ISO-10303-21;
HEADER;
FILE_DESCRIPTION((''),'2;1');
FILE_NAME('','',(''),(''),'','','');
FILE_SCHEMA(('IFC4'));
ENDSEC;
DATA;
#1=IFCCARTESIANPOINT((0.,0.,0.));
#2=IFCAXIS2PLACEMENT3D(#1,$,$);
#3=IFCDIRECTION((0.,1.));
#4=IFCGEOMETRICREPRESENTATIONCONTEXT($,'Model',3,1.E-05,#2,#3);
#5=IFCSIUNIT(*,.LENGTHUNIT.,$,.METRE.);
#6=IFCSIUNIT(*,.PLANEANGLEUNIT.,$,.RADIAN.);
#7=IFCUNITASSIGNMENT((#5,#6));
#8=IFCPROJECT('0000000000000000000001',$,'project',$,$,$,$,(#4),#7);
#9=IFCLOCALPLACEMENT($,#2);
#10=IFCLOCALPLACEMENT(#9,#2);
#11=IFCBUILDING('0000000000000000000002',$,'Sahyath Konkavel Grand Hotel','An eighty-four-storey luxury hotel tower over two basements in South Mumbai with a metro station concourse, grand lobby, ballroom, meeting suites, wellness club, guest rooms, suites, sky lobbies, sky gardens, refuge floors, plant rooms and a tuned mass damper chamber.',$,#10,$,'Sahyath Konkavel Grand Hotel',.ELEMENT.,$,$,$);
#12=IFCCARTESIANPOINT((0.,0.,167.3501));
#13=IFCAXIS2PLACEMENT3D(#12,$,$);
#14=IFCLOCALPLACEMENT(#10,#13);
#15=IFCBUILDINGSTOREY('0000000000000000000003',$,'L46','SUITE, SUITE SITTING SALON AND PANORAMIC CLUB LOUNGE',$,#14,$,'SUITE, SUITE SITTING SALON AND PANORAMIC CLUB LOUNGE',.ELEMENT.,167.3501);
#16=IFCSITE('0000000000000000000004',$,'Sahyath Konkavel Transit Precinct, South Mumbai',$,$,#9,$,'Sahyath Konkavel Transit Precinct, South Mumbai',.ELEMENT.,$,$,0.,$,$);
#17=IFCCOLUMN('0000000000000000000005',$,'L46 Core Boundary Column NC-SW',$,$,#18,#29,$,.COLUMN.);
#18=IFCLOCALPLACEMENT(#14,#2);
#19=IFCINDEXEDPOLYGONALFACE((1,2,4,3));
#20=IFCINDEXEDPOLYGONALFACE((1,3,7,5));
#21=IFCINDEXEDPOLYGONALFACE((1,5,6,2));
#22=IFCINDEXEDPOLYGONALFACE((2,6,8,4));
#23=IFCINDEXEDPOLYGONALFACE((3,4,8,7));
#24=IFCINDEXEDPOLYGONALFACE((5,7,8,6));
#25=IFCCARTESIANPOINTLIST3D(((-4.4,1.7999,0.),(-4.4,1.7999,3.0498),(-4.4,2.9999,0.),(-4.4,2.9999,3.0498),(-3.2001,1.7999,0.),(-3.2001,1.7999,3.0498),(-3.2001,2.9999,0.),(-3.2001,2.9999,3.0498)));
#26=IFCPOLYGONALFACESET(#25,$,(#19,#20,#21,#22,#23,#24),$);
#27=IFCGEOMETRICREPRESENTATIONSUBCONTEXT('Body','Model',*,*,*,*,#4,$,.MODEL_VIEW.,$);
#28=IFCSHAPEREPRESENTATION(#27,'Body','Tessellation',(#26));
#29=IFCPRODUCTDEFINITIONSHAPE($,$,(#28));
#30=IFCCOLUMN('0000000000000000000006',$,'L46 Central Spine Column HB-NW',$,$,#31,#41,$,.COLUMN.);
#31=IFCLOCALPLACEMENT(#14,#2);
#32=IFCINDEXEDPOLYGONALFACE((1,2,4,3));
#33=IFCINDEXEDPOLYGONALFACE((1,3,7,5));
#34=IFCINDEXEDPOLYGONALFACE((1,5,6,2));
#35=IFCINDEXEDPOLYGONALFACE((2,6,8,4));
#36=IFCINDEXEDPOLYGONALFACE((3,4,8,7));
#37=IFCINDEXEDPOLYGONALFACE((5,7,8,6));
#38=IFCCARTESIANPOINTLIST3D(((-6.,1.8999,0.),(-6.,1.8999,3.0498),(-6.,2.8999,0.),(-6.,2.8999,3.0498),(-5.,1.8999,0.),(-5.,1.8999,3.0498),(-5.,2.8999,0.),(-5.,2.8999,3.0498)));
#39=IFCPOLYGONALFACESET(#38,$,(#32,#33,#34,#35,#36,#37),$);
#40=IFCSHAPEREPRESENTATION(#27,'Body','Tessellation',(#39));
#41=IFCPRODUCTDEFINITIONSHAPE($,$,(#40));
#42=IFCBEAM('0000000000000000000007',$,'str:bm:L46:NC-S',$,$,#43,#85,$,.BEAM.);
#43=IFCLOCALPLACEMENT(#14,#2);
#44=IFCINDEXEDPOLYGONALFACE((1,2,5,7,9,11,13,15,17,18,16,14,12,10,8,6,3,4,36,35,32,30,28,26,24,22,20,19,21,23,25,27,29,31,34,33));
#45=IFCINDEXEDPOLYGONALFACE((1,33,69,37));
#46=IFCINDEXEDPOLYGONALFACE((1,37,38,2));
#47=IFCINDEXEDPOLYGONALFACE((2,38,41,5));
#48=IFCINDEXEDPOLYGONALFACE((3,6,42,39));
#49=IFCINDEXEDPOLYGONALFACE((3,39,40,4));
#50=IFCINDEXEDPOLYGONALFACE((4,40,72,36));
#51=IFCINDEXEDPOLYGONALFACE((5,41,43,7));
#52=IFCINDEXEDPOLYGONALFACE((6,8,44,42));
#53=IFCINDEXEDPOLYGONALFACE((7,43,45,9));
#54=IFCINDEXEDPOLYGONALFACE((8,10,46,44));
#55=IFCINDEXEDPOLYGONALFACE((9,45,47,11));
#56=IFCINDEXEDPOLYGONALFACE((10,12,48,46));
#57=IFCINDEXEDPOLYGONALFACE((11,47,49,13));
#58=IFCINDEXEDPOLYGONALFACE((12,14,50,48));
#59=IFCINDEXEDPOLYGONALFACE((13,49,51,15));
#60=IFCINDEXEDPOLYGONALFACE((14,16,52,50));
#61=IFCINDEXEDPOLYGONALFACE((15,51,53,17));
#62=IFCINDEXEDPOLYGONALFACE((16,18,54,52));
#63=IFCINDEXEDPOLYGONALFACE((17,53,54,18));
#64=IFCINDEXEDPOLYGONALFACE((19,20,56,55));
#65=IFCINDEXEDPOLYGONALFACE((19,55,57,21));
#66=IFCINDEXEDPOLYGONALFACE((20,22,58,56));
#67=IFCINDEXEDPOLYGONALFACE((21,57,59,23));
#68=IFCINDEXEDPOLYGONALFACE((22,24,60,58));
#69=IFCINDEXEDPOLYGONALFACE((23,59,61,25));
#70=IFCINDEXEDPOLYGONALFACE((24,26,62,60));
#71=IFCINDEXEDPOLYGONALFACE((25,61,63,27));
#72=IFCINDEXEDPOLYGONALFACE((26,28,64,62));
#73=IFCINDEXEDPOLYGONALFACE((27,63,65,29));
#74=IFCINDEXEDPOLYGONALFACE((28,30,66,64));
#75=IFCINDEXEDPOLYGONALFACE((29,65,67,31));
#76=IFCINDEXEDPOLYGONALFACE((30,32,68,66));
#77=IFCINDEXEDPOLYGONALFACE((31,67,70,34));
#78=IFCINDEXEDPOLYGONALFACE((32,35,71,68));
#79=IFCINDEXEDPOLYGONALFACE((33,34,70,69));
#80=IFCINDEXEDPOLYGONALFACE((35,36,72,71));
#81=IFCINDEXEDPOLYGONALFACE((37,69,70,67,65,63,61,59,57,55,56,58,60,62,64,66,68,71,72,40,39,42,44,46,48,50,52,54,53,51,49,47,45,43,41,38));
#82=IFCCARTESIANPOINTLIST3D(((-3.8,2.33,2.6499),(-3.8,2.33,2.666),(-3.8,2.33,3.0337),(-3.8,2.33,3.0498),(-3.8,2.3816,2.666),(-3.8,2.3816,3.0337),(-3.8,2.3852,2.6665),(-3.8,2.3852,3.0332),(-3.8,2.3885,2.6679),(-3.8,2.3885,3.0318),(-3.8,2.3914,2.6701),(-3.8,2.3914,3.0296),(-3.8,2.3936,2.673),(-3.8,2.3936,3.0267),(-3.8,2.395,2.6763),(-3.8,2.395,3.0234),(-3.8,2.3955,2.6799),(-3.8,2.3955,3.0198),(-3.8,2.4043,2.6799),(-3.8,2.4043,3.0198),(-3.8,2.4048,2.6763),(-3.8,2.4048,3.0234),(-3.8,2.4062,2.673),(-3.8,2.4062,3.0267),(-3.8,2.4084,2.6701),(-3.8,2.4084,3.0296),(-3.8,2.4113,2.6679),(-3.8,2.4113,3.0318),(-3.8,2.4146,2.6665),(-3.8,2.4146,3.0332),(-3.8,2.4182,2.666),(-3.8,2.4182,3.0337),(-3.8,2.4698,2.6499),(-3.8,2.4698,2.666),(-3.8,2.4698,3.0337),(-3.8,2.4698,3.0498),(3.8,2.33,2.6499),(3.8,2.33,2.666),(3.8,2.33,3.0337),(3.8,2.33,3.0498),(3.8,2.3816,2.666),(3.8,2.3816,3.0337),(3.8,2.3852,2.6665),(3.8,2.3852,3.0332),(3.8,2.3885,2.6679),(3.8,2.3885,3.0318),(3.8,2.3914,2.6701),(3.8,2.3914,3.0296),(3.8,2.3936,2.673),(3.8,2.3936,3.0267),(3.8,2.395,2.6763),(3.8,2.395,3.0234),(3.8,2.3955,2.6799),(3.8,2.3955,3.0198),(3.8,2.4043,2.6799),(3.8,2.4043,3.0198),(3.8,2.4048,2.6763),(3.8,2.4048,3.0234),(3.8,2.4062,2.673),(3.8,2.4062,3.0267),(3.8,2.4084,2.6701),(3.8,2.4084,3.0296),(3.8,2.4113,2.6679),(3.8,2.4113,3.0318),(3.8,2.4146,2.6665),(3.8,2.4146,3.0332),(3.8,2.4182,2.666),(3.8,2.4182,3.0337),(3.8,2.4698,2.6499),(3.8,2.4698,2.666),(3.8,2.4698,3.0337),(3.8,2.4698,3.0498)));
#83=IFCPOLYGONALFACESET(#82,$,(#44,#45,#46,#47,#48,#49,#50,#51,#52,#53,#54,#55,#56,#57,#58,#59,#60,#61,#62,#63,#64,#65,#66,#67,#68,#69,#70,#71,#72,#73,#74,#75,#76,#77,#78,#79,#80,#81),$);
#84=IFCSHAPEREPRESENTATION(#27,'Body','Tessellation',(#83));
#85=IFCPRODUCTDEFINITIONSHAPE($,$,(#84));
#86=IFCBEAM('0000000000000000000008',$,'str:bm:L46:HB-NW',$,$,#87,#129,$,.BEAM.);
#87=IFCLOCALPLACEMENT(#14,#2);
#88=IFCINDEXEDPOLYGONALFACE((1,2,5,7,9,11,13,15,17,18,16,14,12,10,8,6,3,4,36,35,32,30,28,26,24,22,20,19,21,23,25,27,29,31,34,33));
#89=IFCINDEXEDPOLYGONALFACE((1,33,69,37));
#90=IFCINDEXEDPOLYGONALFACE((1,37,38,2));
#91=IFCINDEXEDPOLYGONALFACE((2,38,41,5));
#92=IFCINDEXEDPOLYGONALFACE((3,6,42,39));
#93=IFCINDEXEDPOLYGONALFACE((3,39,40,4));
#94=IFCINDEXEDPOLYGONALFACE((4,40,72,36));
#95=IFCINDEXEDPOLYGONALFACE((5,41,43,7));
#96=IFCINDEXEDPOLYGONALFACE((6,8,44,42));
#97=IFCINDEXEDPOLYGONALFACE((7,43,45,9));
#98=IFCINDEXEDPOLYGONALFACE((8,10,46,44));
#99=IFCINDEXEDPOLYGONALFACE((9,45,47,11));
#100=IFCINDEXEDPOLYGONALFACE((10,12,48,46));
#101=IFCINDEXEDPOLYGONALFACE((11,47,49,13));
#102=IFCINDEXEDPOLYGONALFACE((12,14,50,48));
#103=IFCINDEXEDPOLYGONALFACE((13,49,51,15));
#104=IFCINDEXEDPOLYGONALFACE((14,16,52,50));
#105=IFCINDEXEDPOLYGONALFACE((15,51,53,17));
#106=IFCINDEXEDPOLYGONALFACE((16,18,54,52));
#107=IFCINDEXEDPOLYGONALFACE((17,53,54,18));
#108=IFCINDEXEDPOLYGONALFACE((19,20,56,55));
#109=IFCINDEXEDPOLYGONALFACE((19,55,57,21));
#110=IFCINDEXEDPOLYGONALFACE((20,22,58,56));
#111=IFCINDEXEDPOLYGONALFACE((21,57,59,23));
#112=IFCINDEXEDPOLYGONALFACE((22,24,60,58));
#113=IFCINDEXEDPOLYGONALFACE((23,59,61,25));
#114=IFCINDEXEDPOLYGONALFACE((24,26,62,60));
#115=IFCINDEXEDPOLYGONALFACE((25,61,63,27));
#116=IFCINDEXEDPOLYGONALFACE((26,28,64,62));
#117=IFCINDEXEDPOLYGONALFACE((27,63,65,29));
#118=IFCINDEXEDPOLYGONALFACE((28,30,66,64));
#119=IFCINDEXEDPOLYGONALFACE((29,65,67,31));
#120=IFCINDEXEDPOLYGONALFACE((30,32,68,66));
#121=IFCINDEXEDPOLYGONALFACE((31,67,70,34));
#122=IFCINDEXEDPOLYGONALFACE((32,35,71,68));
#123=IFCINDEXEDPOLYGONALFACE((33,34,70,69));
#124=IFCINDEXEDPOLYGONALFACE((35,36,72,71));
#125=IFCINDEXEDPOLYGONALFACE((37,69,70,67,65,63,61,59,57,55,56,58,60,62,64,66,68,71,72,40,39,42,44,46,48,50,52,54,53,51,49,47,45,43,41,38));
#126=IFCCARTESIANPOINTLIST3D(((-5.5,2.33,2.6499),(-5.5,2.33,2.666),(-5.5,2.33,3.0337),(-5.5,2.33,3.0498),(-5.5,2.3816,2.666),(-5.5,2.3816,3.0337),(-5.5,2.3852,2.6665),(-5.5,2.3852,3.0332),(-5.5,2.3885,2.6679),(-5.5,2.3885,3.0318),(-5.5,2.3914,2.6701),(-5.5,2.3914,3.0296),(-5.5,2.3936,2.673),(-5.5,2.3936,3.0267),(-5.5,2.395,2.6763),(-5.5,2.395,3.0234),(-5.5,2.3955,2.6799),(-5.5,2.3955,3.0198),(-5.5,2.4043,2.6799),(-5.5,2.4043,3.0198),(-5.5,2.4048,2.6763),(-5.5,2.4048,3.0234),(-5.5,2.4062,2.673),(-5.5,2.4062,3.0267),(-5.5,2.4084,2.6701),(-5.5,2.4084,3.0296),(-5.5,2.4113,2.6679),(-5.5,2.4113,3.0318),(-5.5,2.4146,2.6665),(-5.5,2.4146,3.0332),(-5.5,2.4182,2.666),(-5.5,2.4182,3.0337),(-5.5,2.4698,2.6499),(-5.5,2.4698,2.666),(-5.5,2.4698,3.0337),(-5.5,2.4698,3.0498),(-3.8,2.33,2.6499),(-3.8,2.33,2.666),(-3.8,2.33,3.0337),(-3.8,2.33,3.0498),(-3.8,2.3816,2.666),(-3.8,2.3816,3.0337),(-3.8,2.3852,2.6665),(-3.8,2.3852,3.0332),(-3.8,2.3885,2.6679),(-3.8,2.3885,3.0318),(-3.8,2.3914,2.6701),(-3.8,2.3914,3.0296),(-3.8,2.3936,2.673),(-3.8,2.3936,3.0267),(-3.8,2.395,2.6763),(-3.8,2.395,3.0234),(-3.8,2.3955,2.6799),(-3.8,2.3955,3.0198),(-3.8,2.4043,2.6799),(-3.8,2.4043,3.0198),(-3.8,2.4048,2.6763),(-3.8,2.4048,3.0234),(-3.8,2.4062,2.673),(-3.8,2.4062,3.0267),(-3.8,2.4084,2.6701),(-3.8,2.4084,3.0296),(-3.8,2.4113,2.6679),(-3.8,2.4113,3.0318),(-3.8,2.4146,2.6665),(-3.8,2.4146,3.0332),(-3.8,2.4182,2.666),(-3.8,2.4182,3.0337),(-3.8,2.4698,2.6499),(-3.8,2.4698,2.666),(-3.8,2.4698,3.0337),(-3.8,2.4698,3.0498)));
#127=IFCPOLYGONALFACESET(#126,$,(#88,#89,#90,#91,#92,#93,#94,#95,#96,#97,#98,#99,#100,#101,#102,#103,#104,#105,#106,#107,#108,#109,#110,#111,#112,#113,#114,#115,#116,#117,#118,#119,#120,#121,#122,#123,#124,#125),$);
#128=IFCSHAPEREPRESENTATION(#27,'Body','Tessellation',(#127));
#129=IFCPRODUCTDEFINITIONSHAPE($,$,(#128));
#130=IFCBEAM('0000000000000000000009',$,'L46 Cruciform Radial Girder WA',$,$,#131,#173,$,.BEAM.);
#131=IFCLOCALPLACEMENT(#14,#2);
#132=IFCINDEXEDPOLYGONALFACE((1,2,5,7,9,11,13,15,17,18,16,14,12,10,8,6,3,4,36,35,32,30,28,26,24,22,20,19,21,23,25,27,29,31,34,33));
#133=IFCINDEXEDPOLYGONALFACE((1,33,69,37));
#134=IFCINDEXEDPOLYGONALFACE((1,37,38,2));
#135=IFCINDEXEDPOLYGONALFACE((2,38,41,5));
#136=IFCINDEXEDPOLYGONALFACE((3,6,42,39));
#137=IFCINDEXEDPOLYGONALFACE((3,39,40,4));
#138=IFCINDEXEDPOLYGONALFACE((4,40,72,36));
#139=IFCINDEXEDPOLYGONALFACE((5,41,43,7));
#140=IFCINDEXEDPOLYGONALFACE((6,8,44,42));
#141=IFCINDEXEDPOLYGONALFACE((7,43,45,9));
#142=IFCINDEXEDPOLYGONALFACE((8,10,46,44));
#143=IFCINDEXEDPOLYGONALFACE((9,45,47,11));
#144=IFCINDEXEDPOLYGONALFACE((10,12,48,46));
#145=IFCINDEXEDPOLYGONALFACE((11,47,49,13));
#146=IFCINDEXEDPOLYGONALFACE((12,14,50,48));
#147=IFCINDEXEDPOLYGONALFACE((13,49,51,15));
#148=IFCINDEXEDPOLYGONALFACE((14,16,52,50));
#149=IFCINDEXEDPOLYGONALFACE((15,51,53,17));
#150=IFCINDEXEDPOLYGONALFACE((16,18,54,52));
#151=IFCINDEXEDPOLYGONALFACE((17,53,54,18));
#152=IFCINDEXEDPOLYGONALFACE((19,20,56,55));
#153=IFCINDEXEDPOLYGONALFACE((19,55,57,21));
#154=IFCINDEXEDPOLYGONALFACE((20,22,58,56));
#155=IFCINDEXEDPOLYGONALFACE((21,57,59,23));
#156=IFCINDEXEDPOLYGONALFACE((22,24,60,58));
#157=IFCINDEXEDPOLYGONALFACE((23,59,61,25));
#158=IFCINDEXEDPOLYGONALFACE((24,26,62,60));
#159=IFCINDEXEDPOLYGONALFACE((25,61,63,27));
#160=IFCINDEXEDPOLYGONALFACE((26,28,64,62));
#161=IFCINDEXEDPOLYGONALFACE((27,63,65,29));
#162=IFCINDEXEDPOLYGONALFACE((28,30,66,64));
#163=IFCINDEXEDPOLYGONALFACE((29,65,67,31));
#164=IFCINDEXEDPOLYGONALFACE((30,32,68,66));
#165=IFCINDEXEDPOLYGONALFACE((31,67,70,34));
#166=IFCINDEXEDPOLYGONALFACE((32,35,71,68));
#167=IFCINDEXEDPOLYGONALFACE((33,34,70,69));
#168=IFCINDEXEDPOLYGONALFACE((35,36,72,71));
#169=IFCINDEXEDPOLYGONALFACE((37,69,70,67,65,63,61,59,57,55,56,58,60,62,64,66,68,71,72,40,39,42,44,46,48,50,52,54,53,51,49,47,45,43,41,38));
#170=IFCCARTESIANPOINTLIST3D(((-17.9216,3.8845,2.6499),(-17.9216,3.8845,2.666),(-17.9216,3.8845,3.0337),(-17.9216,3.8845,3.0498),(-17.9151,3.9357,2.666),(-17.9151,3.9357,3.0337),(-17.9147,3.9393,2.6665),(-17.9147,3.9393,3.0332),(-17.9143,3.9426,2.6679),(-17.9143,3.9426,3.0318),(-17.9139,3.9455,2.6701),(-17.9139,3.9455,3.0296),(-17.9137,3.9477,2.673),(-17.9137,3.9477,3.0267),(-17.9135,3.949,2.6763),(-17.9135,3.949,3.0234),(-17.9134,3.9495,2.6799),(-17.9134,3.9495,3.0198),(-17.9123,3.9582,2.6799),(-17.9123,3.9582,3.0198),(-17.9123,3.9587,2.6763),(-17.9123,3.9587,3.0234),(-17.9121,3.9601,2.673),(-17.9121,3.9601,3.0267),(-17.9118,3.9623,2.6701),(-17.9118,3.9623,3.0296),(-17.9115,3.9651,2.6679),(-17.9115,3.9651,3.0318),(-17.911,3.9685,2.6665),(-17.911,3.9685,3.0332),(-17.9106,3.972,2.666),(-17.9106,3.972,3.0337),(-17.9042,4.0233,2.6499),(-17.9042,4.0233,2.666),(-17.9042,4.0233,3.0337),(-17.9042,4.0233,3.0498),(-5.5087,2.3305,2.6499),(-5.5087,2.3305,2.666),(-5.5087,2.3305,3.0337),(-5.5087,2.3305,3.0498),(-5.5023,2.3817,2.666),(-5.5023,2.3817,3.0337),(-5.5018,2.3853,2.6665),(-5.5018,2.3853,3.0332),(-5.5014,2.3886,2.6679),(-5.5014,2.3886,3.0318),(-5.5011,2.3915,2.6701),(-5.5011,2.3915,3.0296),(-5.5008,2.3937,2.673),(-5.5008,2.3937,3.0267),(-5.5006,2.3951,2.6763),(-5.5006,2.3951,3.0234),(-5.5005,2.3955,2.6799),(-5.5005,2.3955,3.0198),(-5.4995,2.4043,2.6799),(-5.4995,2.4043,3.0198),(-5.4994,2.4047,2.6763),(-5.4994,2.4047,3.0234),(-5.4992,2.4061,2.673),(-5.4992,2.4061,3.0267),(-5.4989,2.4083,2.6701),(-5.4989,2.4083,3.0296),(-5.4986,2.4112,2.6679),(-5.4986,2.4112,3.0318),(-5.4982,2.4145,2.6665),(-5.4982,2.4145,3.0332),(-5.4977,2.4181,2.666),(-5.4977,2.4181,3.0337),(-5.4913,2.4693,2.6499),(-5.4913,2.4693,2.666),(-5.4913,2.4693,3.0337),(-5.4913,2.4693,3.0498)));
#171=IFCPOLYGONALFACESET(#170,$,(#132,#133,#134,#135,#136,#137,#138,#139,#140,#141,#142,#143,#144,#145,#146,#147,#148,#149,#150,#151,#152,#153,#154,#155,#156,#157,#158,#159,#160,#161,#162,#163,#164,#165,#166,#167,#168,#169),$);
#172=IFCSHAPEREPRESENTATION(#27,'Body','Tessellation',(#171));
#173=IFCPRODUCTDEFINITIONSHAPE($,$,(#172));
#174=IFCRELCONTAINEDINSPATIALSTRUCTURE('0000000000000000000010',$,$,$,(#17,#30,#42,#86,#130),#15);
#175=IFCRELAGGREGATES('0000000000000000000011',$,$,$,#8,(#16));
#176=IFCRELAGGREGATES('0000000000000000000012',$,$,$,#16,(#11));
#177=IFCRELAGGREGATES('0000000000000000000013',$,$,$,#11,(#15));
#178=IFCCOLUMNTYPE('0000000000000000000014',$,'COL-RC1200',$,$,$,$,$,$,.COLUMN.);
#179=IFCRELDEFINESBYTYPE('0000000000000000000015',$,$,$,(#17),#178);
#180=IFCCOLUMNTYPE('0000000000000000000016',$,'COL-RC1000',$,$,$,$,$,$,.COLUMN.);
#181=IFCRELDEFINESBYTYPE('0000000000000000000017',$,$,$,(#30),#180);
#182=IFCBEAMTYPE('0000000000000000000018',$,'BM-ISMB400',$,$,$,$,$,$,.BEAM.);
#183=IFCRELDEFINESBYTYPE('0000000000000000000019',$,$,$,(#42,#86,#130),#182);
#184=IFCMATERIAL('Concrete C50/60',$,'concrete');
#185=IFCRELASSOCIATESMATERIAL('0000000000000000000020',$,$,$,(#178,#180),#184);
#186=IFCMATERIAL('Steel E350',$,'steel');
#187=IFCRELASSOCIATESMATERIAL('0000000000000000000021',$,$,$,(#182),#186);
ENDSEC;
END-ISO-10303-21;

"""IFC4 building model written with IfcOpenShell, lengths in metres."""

from ifc_helpers import new_model, si_unit, direction, frame, origin, origin_2d, place, context, subcontext, project, spatial, rectangle, i_section, extrude, source, transform, mapped, material, material_profile, profile_set, type_object, element, save


model = new_model("IFC4")

# Units and contexts
model_context = context("Model", 3, precision=1e-05, world=origin(), true_north=direction((0.0, 1.0)))
body_context = subcontext(model_context, "Body", "Model", "MODEL_VIEW")
ifc_project = project(units=[si_unit("LENGTHUNIT", "METRE"), si_unit("PLANEANGLEUNIT", "RADIAN")], contexts=[model_context])

# Site, building, storey
site_placement = place(None, origin())
site = spatial("IfcSite", under=ifc_project, at=site_placement, Name="Sahyath Konkavel Transit Precinct, South Mumbai", LongName="Sahyath Konkavel Transit Precinct, South Mumbai", CompositionType="ELEMENT", RefElevation=0.0)
building_placement = place(site_placement, origin())
building = spatial("IfcBuilding", under=site, at=building_placement, Name="Sahyath Konkavel Grand Hotel", Description="An eighty-four-storey luxury hotel tower over two basements in South Mumbai with a metro station concourse, grand lobby, ballroom, meeting suites, wellness club, guest rooms, suites, sky lobbies, sky gardens, refuge floors, plant rooms and a tuned mass damper chamber.", LongName="Sahyath Konkavel Grand Hotel", CompositionType="ELEMENT")
storey_placement = place(building_placement, frame((0.0, 0.0, 167.3501)))
storey = spatial("IfcBuildingStorey", under=building, at=storey_placement, Name="L46", Description="SUITE, SUITE SITTING SALON AND PANORAMIC CLUB LOUNGE", LongName="SUITE, SUITE SITTING SALON AND PANORAMIC CLUB LOUNGE", CompositionType="ELEMENT", Elevation=167.3501)

# Columns
ifc_material_1 = material(Name="Concrete C50/60", Category="concrete")
ifc_material_profile_1 = material_profile(ifc_material_1, rectangle(XDim=1.2, YDim=1.2, at=origin_2d()), Name="RC 1200x1200")
ifc_profile_set_1 = profile_set([ifc_material_profile_1], Name="Concrete C50/60")
column_type_1 = type_object("IfcColumnType", Name="COL-RC1200", PredefinedType="COLUMN", material=ifc_profile_set_1)
shared_shape_1 = source(origin(), body_context, "Body", "SweptSolid", [
    extrude(rectangle(XDim=1.2, YDim=1.2, at=origin_2d()), origin(), (0.0, 0.0, 1.0), 3.0498),
])
column_1_placement = place(storey_placement, frame((-3.8, 2.3999, 0.0), z_axis=(0.0, 0.0, 1.0), x_axis=(1.0, 0.0, 0.0)))
element("IfcColumn", 1, at=column_1_placement, inside=storey, type_object=column_type_1, Name="L46 Core Boundary Column NC-SW", PredefinedType="COLUMN", context=body_context, shape_type="MappedRepresentation", body=[
    mapped(shared_shape_1, transform((0.0, 0.0, 0.0), scale=1.0)),
])
ifc_material_profile_2 = material_profile(ifc_material_1, rectangle(XDim=1.0, YDim=1.0, at=origin_2d()), Name="RC 1000x1000")
ifc_profile_set_2 = profile_set([ifc_material_profile_2], Name="Concrete C50/60")
column_type_2 = type_object("IfcColumnType", Name="COL-RC1000", PredefinedType="COLUMN", material=ifc_profile_set_2)
shared_shape_2 = source(origin(), body_context, "Body", "SweptSolid", [
    extrude(rectangle(XDim=1.0, YDim=1.0, at=origin_2d()), origin(), (0.0, 0.0, 1.0), 3.0498),
])
column_2_placement = place(storey_placement, frame((-5.5, 2.3999, 0.0), z_axis=(0.0, 0.0, 1.0), x_axis=(1.0, 0.0, 0.0)))
element("IfcColumn", 2, at=column_2_placement, inside=storey, type_object=column_type_2, Name="L46 Central Spine Column HB-NW", PredefinedType="COLUMN", context=body_context, shape_type="MappedRepresentation", body=[
    mapped(shared_shape_2, transform((0.0, 0.0, 0.0), scale=1.0)),
])

# Beams
ifc_material_2 = material(Name="Steel E350", Category="steel")
ifc_material_profile_3 = material_profile(ifc_material_2, i_section(OverallWidth=0.1399, OverallDepth=0.3999, WebThickness=0.0088, FlangeThickness=0.0161, FilletRadius=0.0139, at=origin_2d()), Name="ISMB 400")
ifc_profile_set_3 = profile_set([ifc_material_profile_3], Name="Steel E350")
beam_type = type_object("IfcBeamType", Name="BM-ISMB400", PredefinedType="BEAM", material=ifc_profile_set_3)
shared_shape_3 = source(origin(), body_context, "Body", "SweptSolid", [
    extrude(i_section(OverallWidth=0.1399, OverallDepth=0.3999, WebThickness=0.0088, FlangeThickness=0.0161, FilletRadius=0.0139, at=origin_2d()), origin(), (0.0, 0.0, 1.0), 7.6001),
])
beam_1_placement = place(storey_placement, frame((-3.8, 2.3999, 2.8499), z_axis=(1.0, 0.0, 0.0), x_axis=(0.0, 1.0, 0.0)))
element("IfcBeam", 3, at=beam_1_placement, inside=storey, type_object=beam_type, Name="str:bm:L46:NC-S", PredefinedType="BEAM", context=body_context, shape_type="MappedRepresentation", body=[
    mapped(shared_shape_3, transform((0.0, 0.0, 0.0), scale=1.0)),
])
shared_shape_4 = source(origin(), body_context, "Body", "SweptSolid", [
    extrude(i_section(OverallWidth=0.1399, OverallDepth=0.3999, WebThickness=0.0088, FlangeThickness=0.0161, FilletRadius=0.0139, at=origin_2d()), origin(), (0.0, 0.0, 1.0), 1.7),
])
beam_2_placement = place(storey_placement, frame((-5.5, 2.3999, 2.8499), z_axis=(1.0, 0.0, 0.0), x_axis=(0.0, 1.0, 0.0)))
element("IfcBeam", 4, at=beam_2_placement, inside=storey, type_object=beam_type, Name="str:bm:L46:HB-NW", PredefinedType="BEAM", context=body_context, shape_type="MappedRepresentation", body=[
    mapped(shared_shape_4, transform((0.0, 0.0, 0.0), scale=1.0)),
])
shared_shape_5 = source(origin(), body_context, "Body", "SweptSolid", [
    extrude(i_section(OverallWidth=0.1399, OverallDepth=0.3999, WebThickness=0.0088, FlangeThickness=0.0161, FilletRadius=0.0139, at=origin_2d()), origin(), (0.0, 0.0, 1.0), 12.5098),
])
beam_3_placement = place(storey_placement, frame((-5.5, 2.3999, 2.8499), z_axis=(-0.992255, 0.12422, 0.0), x_axis=(-0.12422, -0.992255, 0.0)))
element("IfcBeam", 5, at=beam_3_placement, inside=storey, type_object=beam_type, Name="L46 Cruciform Radial Girder WA", PredefinedType="BEAM", context=body_context, shape_type="MappedRepresentation", body=[
    mapped(shared_shape_5, transform((0.0, 0.0, 0.0), scale=1.0)),
])

save(model, "model.ifc")
